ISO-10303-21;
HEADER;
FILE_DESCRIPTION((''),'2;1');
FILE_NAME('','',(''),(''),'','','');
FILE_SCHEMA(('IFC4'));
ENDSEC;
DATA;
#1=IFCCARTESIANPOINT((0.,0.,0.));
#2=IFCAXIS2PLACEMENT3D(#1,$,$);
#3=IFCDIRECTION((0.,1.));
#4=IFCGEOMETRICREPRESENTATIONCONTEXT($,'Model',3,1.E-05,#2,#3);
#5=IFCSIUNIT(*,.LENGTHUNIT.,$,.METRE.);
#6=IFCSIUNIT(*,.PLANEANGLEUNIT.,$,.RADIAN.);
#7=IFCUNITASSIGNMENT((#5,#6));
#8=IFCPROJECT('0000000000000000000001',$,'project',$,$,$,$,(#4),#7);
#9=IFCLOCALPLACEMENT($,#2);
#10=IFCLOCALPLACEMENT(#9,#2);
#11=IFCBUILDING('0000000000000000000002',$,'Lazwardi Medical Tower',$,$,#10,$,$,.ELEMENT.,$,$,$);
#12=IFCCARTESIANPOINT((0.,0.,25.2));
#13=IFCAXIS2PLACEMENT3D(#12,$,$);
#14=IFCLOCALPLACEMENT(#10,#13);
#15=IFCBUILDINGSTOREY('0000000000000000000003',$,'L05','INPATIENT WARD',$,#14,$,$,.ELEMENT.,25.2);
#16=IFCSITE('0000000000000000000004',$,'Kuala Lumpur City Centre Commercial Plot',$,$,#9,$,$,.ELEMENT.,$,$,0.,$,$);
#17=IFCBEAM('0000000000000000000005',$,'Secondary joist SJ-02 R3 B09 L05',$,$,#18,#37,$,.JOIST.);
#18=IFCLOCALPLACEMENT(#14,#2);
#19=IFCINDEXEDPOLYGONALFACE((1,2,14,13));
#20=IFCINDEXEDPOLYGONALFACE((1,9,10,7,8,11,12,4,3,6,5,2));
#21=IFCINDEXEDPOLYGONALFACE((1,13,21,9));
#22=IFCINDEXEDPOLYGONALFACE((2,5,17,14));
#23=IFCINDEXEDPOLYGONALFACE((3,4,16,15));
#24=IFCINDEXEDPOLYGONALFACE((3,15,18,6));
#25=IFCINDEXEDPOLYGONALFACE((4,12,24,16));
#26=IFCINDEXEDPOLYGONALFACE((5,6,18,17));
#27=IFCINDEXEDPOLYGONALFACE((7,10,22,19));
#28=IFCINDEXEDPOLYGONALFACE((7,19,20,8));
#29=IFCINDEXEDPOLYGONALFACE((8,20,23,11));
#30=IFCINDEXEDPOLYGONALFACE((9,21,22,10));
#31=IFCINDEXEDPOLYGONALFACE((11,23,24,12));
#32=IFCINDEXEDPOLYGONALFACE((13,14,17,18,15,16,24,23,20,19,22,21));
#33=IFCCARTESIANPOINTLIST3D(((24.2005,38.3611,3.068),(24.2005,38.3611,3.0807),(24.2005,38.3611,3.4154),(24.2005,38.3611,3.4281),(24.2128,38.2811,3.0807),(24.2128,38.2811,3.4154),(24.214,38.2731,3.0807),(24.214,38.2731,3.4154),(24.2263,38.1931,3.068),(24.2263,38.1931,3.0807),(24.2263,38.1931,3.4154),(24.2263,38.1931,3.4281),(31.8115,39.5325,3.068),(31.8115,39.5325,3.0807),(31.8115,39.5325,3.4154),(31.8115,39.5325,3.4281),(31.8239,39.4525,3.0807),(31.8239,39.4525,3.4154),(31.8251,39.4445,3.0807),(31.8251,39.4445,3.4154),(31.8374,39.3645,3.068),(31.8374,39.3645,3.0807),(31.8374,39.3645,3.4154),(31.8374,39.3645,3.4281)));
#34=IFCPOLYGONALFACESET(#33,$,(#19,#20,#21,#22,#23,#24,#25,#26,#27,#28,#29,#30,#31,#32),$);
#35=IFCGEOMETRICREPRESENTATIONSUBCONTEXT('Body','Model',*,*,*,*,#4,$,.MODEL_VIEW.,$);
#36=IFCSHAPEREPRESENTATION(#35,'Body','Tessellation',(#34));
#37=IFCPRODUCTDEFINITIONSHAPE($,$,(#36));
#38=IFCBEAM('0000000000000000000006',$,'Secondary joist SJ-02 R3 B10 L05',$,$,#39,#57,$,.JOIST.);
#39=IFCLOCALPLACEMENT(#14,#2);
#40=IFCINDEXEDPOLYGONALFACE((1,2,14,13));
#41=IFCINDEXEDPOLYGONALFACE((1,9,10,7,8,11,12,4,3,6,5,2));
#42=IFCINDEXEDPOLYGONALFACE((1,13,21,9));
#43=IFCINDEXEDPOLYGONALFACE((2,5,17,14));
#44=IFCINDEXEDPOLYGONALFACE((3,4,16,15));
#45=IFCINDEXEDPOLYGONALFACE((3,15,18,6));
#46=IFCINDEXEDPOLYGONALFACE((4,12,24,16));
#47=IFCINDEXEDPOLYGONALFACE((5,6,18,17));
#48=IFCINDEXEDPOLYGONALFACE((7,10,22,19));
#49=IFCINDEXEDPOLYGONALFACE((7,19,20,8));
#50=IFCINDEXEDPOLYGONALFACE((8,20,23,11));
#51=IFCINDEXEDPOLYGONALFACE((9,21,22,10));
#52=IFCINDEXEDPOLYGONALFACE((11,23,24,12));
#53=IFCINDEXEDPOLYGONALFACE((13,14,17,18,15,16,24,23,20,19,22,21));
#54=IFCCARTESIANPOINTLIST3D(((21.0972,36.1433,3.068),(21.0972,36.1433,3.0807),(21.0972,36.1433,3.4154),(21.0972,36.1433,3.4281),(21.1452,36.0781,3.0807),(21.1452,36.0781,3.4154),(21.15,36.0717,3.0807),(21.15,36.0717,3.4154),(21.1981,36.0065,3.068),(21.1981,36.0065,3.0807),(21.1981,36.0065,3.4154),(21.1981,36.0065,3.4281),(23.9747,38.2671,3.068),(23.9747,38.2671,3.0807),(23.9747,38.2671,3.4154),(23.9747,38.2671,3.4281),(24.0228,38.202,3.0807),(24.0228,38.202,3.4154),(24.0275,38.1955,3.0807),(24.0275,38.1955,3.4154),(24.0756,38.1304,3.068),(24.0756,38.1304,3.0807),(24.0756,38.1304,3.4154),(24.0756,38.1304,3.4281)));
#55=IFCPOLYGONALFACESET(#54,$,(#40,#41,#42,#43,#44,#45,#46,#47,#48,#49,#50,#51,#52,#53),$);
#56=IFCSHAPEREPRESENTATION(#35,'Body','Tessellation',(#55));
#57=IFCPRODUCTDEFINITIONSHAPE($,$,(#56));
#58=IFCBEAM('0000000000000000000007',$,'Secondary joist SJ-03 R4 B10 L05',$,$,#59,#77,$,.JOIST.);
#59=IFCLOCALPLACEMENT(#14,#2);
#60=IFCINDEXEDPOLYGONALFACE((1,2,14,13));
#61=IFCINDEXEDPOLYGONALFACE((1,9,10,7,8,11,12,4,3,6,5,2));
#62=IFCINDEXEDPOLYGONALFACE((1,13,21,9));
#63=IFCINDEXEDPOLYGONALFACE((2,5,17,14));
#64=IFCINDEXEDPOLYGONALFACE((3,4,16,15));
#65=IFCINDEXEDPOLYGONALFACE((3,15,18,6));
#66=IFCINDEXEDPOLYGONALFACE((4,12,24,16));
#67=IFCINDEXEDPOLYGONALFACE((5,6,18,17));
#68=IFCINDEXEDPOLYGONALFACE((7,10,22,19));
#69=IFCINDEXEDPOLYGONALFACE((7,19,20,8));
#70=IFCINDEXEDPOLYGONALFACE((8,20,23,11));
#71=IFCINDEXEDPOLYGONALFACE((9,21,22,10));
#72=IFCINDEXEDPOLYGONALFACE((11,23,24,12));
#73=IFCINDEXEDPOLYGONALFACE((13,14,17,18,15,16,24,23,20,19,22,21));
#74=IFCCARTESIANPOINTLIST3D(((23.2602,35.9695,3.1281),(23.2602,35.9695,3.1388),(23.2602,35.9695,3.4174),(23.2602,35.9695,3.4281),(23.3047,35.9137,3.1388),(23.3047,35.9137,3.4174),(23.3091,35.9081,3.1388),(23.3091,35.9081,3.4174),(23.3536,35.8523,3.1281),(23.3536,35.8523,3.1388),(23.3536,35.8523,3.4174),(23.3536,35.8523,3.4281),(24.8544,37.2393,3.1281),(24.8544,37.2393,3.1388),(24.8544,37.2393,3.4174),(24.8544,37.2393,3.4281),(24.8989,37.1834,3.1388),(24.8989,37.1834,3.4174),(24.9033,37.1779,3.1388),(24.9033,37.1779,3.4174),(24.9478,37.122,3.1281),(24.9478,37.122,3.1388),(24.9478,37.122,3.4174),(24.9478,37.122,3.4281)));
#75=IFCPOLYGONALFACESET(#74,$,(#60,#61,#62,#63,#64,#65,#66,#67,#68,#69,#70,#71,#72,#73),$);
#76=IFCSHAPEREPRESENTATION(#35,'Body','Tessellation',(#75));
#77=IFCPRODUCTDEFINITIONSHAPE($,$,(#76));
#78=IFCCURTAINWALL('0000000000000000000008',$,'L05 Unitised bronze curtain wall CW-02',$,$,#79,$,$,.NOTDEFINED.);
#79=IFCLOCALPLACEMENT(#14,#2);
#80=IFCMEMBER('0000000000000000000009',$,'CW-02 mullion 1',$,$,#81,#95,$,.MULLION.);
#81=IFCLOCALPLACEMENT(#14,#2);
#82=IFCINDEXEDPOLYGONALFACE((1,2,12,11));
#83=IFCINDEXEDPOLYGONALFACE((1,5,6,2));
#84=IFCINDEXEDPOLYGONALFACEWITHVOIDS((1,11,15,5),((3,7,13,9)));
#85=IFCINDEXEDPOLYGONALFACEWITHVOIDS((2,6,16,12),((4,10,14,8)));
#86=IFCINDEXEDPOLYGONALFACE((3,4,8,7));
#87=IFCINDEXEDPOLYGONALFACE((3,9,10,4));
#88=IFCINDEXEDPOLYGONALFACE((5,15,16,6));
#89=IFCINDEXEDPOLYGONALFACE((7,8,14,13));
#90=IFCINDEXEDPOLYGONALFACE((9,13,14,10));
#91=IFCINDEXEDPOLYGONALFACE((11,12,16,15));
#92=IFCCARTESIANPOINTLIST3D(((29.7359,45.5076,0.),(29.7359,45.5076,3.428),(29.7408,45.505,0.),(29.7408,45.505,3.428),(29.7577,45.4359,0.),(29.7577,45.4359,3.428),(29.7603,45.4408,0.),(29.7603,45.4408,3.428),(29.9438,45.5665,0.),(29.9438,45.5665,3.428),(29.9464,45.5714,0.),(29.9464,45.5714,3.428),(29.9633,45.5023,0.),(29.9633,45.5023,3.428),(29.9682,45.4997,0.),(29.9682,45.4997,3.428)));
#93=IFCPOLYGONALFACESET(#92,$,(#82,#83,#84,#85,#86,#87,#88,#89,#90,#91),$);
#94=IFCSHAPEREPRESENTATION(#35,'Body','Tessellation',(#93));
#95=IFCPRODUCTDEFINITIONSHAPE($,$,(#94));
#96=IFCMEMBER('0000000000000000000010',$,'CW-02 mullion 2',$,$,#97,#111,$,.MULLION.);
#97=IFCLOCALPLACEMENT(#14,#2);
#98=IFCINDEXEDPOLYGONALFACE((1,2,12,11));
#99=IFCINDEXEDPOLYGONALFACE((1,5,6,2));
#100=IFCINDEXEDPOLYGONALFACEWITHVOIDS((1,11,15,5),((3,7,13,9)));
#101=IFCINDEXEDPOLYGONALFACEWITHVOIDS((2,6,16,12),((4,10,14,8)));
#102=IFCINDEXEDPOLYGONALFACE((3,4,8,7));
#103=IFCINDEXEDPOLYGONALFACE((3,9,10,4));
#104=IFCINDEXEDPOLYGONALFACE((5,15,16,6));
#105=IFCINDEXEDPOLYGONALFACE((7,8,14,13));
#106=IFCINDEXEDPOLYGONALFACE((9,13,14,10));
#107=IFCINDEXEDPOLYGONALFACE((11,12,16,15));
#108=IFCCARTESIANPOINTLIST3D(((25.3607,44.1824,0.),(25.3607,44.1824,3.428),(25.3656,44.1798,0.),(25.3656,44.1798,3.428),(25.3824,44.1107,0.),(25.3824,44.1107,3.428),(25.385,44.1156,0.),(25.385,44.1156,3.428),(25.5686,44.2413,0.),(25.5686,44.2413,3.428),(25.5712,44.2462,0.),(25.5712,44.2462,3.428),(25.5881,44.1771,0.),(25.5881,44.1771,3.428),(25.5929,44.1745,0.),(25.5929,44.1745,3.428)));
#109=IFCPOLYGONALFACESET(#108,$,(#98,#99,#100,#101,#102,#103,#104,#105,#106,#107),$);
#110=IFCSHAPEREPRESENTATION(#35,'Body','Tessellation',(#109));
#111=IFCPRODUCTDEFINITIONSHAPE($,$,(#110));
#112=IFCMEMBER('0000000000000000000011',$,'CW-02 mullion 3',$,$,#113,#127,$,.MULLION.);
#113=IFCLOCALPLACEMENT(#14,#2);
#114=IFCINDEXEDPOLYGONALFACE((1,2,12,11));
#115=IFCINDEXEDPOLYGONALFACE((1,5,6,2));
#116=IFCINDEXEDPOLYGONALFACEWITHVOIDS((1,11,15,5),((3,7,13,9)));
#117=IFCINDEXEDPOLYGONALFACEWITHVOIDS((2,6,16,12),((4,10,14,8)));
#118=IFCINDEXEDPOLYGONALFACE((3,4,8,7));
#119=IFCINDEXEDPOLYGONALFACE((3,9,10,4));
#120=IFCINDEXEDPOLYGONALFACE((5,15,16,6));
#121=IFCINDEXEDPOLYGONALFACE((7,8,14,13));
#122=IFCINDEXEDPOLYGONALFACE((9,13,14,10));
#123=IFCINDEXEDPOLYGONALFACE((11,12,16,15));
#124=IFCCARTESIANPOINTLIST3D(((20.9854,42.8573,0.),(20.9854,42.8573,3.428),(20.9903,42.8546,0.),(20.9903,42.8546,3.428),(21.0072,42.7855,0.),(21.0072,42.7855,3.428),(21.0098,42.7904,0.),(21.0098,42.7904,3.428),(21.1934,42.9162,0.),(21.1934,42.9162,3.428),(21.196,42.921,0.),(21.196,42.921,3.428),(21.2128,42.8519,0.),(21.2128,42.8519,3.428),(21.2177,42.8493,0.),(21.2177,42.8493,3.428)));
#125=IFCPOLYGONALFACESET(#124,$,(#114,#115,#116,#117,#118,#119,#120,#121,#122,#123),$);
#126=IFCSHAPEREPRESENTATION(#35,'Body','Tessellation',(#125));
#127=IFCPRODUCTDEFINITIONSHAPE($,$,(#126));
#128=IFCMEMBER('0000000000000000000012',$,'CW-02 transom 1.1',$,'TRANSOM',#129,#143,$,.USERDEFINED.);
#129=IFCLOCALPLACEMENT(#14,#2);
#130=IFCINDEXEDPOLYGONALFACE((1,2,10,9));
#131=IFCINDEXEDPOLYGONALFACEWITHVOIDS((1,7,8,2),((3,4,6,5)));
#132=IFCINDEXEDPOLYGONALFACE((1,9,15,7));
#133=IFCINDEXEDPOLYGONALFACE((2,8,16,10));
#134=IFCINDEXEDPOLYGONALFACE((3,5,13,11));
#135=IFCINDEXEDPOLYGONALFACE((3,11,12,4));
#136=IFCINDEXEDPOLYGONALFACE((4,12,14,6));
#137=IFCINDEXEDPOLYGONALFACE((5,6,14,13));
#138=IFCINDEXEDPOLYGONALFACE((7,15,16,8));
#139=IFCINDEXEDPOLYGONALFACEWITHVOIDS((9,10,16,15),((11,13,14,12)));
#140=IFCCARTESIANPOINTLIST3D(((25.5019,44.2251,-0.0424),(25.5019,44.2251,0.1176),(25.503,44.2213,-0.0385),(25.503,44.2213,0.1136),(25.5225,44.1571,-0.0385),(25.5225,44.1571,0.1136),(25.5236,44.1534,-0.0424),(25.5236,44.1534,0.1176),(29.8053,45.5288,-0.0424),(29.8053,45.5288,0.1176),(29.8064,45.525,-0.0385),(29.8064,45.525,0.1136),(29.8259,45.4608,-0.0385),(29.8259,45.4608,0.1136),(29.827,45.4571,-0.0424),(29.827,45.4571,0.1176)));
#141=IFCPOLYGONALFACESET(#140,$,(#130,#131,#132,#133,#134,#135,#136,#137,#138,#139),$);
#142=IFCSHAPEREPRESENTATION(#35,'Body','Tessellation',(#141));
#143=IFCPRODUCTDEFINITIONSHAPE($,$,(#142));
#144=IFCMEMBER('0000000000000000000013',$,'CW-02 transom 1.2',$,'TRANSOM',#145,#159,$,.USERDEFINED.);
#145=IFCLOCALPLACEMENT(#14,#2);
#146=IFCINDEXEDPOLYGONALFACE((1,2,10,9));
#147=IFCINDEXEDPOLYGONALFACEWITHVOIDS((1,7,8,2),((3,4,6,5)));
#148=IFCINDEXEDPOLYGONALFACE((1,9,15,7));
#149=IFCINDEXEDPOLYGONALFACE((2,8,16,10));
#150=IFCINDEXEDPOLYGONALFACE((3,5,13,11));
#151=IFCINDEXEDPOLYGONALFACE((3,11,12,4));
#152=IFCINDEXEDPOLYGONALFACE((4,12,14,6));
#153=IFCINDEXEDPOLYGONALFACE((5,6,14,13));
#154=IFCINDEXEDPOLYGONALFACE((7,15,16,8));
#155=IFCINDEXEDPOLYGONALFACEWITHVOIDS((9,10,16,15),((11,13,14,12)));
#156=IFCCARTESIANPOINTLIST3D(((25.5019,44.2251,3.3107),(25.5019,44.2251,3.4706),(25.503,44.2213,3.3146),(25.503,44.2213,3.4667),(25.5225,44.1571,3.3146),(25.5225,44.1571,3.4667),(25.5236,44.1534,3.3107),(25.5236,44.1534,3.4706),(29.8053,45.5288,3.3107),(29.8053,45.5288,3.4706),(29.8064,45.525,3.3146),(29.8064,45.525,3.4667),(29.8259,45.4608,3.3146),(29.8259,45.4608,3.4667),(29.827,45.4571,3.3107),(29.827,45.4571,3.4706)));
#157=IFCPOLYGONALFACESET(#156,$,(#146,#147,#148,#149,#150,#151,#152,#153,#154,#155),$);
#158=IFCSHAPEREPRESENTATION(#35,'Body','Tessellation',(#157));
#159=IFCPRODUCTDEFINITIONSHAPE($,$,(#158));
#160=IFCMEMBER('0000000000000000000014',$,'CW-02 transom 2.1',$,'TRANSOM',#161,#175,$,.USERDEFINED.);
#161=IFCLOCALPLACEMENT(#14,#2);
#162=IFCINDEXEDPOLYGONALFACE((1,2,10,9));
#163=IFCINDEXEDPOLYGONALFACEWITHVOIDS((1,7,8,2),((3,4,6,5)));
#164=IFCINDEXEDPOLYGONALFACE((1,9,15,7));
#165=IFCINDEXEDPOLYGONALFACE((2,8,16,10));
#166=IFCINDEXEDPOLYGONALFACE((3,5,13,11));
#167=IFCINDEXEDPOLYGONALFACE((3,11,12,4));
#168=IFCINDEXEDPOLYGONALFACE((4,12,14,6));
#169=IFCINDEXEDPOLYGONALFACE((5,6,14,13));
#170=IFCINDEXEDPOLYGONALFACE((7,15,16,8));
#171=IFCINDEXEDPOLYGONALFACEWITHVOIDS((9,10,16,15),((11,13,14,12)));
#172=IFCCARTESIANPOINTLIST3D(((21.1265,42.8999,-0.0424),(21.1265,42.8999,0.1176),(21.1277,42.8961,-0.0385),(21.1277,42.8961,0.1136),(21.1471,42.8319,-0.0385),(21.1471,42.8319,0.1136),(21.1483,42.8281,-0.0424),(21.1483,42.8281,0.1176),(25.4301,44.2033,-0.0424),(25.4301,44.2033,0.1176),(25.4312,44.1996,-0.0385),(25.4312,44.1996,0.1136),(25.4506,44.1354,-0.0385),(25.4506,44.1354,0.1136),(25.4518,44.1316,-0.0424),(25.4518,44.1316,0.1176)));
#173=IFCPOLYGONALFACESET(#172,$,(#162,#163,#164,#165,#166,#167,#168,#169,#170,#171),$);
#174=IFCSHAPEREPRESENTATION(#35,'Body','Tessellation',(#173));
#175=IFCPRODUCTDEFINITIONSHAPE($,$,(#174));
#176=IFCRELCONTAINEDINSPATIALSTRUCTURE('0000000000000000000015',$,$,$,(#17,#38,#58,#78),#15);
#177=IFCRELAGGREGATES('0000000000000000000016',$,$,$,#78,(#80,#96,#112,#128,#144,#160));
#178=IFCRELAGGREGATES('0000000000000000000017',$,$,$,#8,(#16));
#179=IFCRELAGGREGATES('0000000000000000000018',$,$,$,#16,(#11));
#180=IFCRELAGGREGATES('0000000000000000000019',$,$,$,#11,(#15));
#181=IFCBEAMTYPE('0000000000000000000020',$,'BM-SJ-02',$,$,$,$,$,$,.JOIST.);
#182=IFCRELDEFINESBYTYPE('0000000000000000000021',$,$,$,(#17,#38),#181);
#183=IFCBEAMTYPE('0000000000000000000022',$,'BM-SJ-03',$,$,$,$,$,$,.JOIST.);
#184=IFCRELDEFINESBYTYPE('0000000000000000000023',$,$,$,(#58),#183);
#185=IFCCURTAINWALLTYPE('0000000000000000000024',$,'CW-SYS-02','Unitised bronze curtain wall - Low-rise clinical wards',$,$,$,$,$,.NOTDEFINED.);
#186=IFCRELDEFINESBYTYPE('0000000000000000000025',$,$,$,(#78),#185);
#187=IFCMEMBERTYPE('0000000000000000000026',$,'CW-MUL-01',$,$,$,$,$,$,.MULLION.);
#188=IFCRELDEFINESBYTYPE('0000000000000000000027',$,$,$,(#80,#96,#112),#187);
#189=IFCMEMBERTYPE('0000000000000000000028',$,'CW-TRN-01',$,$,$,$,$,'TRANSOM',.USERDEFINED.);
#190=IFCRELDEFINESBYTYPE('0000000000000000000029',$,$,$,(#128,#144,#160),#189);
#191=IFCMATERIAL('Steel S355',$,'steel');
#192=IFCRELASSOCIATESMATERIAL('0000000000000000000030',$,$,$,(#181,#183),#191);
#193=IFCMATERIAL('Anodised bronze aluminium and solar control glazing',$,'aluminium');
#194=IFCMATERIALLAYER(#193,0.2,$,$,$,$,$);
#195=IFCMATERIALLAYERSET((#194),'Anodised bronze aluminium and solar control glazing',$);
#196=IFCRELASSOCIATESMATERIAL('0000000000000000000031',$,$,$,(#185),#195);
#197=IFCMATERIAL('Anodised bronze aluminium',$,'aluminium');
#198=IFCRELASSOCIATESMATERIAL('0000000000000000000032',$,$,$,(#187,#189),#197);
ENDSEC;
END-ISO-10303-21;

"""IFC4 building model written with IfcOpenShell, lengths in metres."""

from ifc_helpers import new_model, si_unit, direction, frame, origin, origin_2d, place, context, subcontext, project, spatial, hollow_rectangle, i_section, extrude, material, layer, layer_set, material_profile, profile_set, type_object, element, aggregate, save


model = new_model("IFC4")

# Units and contexts
model_context = context("Model", 3, precision=1e-05, world=origin(), true_north=direction((0.0, 1.0)))
body_context = subcontext(model_context, "Body", "Model", "MODEL_VIEW")
ifc_project = project(units=[si_unit("LENGTHUNIT", "METRE"), si_unit("PLANEANGLEUNIT", "RADIAN")], contexts=[model_context])

# Site, building, storey
site_placement = place(None, origin())
site = spatial("IfcSite", under=ifc_project, at=site_placement, Name="Kuala Lumpur City Centre Commercial Plot", CompositionType="ELEMENT", RefElevation=0.0)
building_placement = place(site_placement, origin())
building = spatial("IfcBuilding", under=site, at=building_placement, Name="Lazwardi Medical Tower", CompositionType="ELEMENT")
storey_placement = place(building_placement, frame((0.0, 0.0, 25.2)))
storey = spatial("IfcBuildingStorey", under=building, at=storey_placement, Name="L05", Description="INPATIENT WARD", CompositionType="ELEMENT", Elevation=25.2)

# Beams
ifc_material_1 = material(Name="Steel S355", Category="steel")
ifc_material_profile_1 = material_profile(ifc_material_1, i_section(OverallWidth=0.1699, OverallDepth=0.3601, WebThickness=0.0081, FlangeThickness=0.0127, at=origin_2d()), Name="IPE 360")
ifc_profile_set_1 = profile_set([ifc_material_profile_1], Name="Steel S355")
beam_type_1 = type_object("IfcBeamType", Name="BM-SJ-02", PredefinedType="JOIST", material=ifc_profile_set_1)
beam_1_placement = place(storey_placement, frame((31.8245, 39.4485, 3.248), z_axis=(-0.988363, -0.152114, 0.0), x_axis=(0.152114, -0.988363, 0.0)))
element("IfcBeam", 1, at=beam_1_placement, inside=storey, type_object=beam_type_1, Name="Secondary joist SJ-02 R3 B09 L05", PredefinedType="JOIST", context=body_context, shape_type="SweptSolid", body=[
    extrude(i_section(OverallWidth=0.1699, OverallDepth=0.3601, WebThickness=0.0081, FlangeThickness=0.0127, at=origin_2d()), origin(), (0.0, 0.0, 1.0), 7.7007),
])
beam_2_placement = place(storey_placement, frame((24.0251, 38.1987, 3.248), z_axis=(-0.80458, -0.593844, 0.0), x_axis=(0.593844, -0.80458, 0.0)))
element("IfcBeam", 2, at=beam_2_placement, inside=storey, type_object=beam_type_1, Name="Secondary joist SJ-02 R3 B10 L05", PredefinedType="JOIST", context=body_context, shape_type="SweptSolid", body=[
    extrude(i_section(OverallWidth=0.1699, OverallDepth=0.3601, WebThickness=0.0081, FlangeThickness=0.0127, at=origin_2d()), origin(), (0.0, 0.0, 1.0), 3.5764),
])
ifc_material_profile_2 = material_profile(ifc_material_1, i_section(OverallWidth=0.1499, OverallDepth=0.3, WebThickness=0.0071, FlangeThickness=0.0107, at=origin_2d()), Name="IPE 300")
ifc_profile_set_2 = profile_set([ifc_material_profile_2], Name="Steel S355")
beam_type_2 = type_object("IfcBeamType", Name="BM-SJ-03", PredefinedType="JOIST", material=ifc_profile_set_2)
beam_3_placement = place(storey_placement, frame((24.9011, 37.1807, 3.2781), z_axis=(-0.782211, -0.623014, 0.0), x_axis=(0.623014, -0.782211, 0.0)))
element("IfcBeam", 3, at=beam_3_placement, inside=storey, type_object=beam_type_2, Name="Secondary joist SJ-03 R4 B10 L05", PredefinedType="JOIST", context=body_context, shape_type="SweptSolid", body=[
    extrude(i_section(OverallWidth=0.1499, OverallDepth=0.3, WebThickness=0.0071, FlangeThickness=0.0107, at=origin_2d()), origin(), (0.0, 0.0, 1.0), 2.0381),
])

# Curtain wall, members
ifc_material_2 = material(Name="Anodised bronze aluminium and solar control glazing", Category="aluminium")
ifc_layer_1 = layer(ifc_material_2, 0.2)
ifc_layer_set_1 = layer_set([ifc_layer_1], Name="Anodised bronze aluminium and solar control glazing")
curtain_wall_type = type_object("IfcCurtainWallType", Name="CW-SYS-02", Description="Unitised bronze curtain wall - Low-rise clinical wards", PredefinedType="NOTDEFINED", material=ifc_layer_set_1)
curtain_wall_placement = place(storey_placement, origin())
curtain_wall = element("IfcCurtainWall", 4, at=curtain_wall_placement, inside=storey, type_object=curtain_wall_type, Name="L05 Unitised bronze curtain wall CW-02", PredefinedType="NOTDEFINED")
ifc_material_3 = material(Name="Anodised bronze aluminium", Category="aluminium")
ifc_material_profile_3 = material_profile(ifc_material_3, hollow_rectangle(XDim=0.075, YDim=0.22, WallThickness=0.0039, at=origin_2d()), Name="ALU-MULLION 220x75x4")
ifc_profile_set_3 = profile_set([ifc_material_profile_3], Name="Anodised bronze aluminium")
member_type_1 = type_object("IfcMemberType", Name="CW-MUL-01", PredefinedType="MULLION", material=ifc_profile_set_3)
member_1_placement = place(storey_placement, frame((29.8521, 45.5037, 0.0), z_axis=(0.0, 0.0, 1.0), x_axis=(0.289896, -0.957058, 0.0)))
member_1 = element("IfcMember", 5, at=member_1_placement, type_object=member_type_1, Name="CW-02 mullion 1", PredefinedType="MULLION", context=body_context, shape_type="SweptSolid", body=[
    extrude(hollow_rectangle(XDim=0.075, YDim=0.22, WallThickness=0.0039, at=origin_2d()), origin(), (0.0, 0.0, 1.0), 3.428),
])
member_2_placement = place(storey_placement, frame((25.4768, 44.1785, 0.0), z_axis=(0.0, 0.0, 1.0), x_axis=(0.289896, -0.957058, 0.0)))
member_2 = element("IfcMember", 6, at=member_2_placement, type_object=member_type_1, Name="CW-02 mullion 2", PredefinedType="MULLION", context=body_context, shape_type="SweptSolid", body=[
    extrude(hollow_rectangle(XDim=0.075, YDim=0.22, WallThickness=0.0039, at=origin_2d()), origin(), (0.0, 0.0, 1.0), 3.428),
])
member_3_placement = place(storey_placement, frame((21.1016, 42.8533, 0.0), z_axis=(0.0, 0.0, 1.0), x_axis=(0.289896, -0.957058, 0.0)))
member_3 = element("IfcMember", 7, at=member_3_placement, type_object=member_type_1, Name="CW-02 mullion 3", PredefinedType="MULLION", context=body_context, shape_type="SweptSolid", body=[
    extrude(hollow_rectangle(XDim=0.075, YDim=0.22, WallThickness=0.0039, at=origin_2d()), origin(), (0.0, 0.0, 1.0), 3.428),
])
ifc_material_profile_4 = material_profile(ifc_material_3, hollow_rectangle(XDim=0.075, YDim=0.1599, WallThickness=0.0039, at=origin_2d()), Name="ALU-TRANSOM 160x75x4")
ifc_profile_set_4 = profile_set([ifc_material_profile_4], Name="Anodised bronze aluminium")
member_type_2 = type_object("IfcMemberType", Name="CW-TRN-01", ElementType="TRANSOM", PredefinedType="USERDEFINED", material=ifc_profile_set_4)
member_4_placement = place(storey_placement, frame((29.8162, 45.4929, 0.0376), z_axis=(-0.957047, -0.289932, 0.0), x_axis=(0.289932, -0.957047, 0.0)))
member_4 = element("IfcMember", 8, at=member_4_placement, type_object=member_type_2, Name="CW-02 transom 1.1", ObjectType="TRANSOM", PredefinedType="USERDEFINED", context=body_context, shape_type="SweptSolid", body=[
    extrude(hollow_rectangle(XDim=0.075, YDim=0.1599, WallThickness=0.0039, at=origin_2d()), origin(), (0.0, 0.0, 1.0), 4.4966),
])
member_5_placement = place(storey_placement, frame((29.8162, 45.4929, 3.3906), z_axis=(-0.957047, -0.289932, 0.0), x_axis=(0.289932, -0.957047, 0.0)))
member_5 = element("IfcMember", 9, at=member_5_placement, type_object=member_type_2, Name="CW-02 transom 1.2", ObjectType="TRANSOM", PredefinedType="USERDEFINED", context=body_context, shape_type="SweptSolid", body=[
    extrude(hollow_rectangle(XDim=0.075, YDim=0.1599, WallThickness=0.0039, at=origin_2d()), origin(), (0.0, 0.0, 1.0), 4.4966),
])
member_6_placement = place(storey_placement, frame((25.4409, 44.1675, 0.0376), z_axis=(-0.957062, -0.289882, 0.0), x_axis=(0.289882, -0.957062, 0.0)))
member_6 = element("IfcMember", 10, at=member_6_placement, type_object=member_type_2, Name="CW-02 transom 2.1", ObjectType="TRANSOM", PredefinedType="USERDEFINED", context=body_context, shape_type="SweptSolid", body=[
    extrude(hollow_rectangle(XDim=0.075, YDim=0.1599, WallThickness=0.0039, at=origin_2d()), origin(), (0.0, 0.0, 1.0), 4.4966),
])
aggregate(curtain_wall, [member_1, member_2, member_3, member_4, member_5, member_6])

save(model, "model.ifc")
